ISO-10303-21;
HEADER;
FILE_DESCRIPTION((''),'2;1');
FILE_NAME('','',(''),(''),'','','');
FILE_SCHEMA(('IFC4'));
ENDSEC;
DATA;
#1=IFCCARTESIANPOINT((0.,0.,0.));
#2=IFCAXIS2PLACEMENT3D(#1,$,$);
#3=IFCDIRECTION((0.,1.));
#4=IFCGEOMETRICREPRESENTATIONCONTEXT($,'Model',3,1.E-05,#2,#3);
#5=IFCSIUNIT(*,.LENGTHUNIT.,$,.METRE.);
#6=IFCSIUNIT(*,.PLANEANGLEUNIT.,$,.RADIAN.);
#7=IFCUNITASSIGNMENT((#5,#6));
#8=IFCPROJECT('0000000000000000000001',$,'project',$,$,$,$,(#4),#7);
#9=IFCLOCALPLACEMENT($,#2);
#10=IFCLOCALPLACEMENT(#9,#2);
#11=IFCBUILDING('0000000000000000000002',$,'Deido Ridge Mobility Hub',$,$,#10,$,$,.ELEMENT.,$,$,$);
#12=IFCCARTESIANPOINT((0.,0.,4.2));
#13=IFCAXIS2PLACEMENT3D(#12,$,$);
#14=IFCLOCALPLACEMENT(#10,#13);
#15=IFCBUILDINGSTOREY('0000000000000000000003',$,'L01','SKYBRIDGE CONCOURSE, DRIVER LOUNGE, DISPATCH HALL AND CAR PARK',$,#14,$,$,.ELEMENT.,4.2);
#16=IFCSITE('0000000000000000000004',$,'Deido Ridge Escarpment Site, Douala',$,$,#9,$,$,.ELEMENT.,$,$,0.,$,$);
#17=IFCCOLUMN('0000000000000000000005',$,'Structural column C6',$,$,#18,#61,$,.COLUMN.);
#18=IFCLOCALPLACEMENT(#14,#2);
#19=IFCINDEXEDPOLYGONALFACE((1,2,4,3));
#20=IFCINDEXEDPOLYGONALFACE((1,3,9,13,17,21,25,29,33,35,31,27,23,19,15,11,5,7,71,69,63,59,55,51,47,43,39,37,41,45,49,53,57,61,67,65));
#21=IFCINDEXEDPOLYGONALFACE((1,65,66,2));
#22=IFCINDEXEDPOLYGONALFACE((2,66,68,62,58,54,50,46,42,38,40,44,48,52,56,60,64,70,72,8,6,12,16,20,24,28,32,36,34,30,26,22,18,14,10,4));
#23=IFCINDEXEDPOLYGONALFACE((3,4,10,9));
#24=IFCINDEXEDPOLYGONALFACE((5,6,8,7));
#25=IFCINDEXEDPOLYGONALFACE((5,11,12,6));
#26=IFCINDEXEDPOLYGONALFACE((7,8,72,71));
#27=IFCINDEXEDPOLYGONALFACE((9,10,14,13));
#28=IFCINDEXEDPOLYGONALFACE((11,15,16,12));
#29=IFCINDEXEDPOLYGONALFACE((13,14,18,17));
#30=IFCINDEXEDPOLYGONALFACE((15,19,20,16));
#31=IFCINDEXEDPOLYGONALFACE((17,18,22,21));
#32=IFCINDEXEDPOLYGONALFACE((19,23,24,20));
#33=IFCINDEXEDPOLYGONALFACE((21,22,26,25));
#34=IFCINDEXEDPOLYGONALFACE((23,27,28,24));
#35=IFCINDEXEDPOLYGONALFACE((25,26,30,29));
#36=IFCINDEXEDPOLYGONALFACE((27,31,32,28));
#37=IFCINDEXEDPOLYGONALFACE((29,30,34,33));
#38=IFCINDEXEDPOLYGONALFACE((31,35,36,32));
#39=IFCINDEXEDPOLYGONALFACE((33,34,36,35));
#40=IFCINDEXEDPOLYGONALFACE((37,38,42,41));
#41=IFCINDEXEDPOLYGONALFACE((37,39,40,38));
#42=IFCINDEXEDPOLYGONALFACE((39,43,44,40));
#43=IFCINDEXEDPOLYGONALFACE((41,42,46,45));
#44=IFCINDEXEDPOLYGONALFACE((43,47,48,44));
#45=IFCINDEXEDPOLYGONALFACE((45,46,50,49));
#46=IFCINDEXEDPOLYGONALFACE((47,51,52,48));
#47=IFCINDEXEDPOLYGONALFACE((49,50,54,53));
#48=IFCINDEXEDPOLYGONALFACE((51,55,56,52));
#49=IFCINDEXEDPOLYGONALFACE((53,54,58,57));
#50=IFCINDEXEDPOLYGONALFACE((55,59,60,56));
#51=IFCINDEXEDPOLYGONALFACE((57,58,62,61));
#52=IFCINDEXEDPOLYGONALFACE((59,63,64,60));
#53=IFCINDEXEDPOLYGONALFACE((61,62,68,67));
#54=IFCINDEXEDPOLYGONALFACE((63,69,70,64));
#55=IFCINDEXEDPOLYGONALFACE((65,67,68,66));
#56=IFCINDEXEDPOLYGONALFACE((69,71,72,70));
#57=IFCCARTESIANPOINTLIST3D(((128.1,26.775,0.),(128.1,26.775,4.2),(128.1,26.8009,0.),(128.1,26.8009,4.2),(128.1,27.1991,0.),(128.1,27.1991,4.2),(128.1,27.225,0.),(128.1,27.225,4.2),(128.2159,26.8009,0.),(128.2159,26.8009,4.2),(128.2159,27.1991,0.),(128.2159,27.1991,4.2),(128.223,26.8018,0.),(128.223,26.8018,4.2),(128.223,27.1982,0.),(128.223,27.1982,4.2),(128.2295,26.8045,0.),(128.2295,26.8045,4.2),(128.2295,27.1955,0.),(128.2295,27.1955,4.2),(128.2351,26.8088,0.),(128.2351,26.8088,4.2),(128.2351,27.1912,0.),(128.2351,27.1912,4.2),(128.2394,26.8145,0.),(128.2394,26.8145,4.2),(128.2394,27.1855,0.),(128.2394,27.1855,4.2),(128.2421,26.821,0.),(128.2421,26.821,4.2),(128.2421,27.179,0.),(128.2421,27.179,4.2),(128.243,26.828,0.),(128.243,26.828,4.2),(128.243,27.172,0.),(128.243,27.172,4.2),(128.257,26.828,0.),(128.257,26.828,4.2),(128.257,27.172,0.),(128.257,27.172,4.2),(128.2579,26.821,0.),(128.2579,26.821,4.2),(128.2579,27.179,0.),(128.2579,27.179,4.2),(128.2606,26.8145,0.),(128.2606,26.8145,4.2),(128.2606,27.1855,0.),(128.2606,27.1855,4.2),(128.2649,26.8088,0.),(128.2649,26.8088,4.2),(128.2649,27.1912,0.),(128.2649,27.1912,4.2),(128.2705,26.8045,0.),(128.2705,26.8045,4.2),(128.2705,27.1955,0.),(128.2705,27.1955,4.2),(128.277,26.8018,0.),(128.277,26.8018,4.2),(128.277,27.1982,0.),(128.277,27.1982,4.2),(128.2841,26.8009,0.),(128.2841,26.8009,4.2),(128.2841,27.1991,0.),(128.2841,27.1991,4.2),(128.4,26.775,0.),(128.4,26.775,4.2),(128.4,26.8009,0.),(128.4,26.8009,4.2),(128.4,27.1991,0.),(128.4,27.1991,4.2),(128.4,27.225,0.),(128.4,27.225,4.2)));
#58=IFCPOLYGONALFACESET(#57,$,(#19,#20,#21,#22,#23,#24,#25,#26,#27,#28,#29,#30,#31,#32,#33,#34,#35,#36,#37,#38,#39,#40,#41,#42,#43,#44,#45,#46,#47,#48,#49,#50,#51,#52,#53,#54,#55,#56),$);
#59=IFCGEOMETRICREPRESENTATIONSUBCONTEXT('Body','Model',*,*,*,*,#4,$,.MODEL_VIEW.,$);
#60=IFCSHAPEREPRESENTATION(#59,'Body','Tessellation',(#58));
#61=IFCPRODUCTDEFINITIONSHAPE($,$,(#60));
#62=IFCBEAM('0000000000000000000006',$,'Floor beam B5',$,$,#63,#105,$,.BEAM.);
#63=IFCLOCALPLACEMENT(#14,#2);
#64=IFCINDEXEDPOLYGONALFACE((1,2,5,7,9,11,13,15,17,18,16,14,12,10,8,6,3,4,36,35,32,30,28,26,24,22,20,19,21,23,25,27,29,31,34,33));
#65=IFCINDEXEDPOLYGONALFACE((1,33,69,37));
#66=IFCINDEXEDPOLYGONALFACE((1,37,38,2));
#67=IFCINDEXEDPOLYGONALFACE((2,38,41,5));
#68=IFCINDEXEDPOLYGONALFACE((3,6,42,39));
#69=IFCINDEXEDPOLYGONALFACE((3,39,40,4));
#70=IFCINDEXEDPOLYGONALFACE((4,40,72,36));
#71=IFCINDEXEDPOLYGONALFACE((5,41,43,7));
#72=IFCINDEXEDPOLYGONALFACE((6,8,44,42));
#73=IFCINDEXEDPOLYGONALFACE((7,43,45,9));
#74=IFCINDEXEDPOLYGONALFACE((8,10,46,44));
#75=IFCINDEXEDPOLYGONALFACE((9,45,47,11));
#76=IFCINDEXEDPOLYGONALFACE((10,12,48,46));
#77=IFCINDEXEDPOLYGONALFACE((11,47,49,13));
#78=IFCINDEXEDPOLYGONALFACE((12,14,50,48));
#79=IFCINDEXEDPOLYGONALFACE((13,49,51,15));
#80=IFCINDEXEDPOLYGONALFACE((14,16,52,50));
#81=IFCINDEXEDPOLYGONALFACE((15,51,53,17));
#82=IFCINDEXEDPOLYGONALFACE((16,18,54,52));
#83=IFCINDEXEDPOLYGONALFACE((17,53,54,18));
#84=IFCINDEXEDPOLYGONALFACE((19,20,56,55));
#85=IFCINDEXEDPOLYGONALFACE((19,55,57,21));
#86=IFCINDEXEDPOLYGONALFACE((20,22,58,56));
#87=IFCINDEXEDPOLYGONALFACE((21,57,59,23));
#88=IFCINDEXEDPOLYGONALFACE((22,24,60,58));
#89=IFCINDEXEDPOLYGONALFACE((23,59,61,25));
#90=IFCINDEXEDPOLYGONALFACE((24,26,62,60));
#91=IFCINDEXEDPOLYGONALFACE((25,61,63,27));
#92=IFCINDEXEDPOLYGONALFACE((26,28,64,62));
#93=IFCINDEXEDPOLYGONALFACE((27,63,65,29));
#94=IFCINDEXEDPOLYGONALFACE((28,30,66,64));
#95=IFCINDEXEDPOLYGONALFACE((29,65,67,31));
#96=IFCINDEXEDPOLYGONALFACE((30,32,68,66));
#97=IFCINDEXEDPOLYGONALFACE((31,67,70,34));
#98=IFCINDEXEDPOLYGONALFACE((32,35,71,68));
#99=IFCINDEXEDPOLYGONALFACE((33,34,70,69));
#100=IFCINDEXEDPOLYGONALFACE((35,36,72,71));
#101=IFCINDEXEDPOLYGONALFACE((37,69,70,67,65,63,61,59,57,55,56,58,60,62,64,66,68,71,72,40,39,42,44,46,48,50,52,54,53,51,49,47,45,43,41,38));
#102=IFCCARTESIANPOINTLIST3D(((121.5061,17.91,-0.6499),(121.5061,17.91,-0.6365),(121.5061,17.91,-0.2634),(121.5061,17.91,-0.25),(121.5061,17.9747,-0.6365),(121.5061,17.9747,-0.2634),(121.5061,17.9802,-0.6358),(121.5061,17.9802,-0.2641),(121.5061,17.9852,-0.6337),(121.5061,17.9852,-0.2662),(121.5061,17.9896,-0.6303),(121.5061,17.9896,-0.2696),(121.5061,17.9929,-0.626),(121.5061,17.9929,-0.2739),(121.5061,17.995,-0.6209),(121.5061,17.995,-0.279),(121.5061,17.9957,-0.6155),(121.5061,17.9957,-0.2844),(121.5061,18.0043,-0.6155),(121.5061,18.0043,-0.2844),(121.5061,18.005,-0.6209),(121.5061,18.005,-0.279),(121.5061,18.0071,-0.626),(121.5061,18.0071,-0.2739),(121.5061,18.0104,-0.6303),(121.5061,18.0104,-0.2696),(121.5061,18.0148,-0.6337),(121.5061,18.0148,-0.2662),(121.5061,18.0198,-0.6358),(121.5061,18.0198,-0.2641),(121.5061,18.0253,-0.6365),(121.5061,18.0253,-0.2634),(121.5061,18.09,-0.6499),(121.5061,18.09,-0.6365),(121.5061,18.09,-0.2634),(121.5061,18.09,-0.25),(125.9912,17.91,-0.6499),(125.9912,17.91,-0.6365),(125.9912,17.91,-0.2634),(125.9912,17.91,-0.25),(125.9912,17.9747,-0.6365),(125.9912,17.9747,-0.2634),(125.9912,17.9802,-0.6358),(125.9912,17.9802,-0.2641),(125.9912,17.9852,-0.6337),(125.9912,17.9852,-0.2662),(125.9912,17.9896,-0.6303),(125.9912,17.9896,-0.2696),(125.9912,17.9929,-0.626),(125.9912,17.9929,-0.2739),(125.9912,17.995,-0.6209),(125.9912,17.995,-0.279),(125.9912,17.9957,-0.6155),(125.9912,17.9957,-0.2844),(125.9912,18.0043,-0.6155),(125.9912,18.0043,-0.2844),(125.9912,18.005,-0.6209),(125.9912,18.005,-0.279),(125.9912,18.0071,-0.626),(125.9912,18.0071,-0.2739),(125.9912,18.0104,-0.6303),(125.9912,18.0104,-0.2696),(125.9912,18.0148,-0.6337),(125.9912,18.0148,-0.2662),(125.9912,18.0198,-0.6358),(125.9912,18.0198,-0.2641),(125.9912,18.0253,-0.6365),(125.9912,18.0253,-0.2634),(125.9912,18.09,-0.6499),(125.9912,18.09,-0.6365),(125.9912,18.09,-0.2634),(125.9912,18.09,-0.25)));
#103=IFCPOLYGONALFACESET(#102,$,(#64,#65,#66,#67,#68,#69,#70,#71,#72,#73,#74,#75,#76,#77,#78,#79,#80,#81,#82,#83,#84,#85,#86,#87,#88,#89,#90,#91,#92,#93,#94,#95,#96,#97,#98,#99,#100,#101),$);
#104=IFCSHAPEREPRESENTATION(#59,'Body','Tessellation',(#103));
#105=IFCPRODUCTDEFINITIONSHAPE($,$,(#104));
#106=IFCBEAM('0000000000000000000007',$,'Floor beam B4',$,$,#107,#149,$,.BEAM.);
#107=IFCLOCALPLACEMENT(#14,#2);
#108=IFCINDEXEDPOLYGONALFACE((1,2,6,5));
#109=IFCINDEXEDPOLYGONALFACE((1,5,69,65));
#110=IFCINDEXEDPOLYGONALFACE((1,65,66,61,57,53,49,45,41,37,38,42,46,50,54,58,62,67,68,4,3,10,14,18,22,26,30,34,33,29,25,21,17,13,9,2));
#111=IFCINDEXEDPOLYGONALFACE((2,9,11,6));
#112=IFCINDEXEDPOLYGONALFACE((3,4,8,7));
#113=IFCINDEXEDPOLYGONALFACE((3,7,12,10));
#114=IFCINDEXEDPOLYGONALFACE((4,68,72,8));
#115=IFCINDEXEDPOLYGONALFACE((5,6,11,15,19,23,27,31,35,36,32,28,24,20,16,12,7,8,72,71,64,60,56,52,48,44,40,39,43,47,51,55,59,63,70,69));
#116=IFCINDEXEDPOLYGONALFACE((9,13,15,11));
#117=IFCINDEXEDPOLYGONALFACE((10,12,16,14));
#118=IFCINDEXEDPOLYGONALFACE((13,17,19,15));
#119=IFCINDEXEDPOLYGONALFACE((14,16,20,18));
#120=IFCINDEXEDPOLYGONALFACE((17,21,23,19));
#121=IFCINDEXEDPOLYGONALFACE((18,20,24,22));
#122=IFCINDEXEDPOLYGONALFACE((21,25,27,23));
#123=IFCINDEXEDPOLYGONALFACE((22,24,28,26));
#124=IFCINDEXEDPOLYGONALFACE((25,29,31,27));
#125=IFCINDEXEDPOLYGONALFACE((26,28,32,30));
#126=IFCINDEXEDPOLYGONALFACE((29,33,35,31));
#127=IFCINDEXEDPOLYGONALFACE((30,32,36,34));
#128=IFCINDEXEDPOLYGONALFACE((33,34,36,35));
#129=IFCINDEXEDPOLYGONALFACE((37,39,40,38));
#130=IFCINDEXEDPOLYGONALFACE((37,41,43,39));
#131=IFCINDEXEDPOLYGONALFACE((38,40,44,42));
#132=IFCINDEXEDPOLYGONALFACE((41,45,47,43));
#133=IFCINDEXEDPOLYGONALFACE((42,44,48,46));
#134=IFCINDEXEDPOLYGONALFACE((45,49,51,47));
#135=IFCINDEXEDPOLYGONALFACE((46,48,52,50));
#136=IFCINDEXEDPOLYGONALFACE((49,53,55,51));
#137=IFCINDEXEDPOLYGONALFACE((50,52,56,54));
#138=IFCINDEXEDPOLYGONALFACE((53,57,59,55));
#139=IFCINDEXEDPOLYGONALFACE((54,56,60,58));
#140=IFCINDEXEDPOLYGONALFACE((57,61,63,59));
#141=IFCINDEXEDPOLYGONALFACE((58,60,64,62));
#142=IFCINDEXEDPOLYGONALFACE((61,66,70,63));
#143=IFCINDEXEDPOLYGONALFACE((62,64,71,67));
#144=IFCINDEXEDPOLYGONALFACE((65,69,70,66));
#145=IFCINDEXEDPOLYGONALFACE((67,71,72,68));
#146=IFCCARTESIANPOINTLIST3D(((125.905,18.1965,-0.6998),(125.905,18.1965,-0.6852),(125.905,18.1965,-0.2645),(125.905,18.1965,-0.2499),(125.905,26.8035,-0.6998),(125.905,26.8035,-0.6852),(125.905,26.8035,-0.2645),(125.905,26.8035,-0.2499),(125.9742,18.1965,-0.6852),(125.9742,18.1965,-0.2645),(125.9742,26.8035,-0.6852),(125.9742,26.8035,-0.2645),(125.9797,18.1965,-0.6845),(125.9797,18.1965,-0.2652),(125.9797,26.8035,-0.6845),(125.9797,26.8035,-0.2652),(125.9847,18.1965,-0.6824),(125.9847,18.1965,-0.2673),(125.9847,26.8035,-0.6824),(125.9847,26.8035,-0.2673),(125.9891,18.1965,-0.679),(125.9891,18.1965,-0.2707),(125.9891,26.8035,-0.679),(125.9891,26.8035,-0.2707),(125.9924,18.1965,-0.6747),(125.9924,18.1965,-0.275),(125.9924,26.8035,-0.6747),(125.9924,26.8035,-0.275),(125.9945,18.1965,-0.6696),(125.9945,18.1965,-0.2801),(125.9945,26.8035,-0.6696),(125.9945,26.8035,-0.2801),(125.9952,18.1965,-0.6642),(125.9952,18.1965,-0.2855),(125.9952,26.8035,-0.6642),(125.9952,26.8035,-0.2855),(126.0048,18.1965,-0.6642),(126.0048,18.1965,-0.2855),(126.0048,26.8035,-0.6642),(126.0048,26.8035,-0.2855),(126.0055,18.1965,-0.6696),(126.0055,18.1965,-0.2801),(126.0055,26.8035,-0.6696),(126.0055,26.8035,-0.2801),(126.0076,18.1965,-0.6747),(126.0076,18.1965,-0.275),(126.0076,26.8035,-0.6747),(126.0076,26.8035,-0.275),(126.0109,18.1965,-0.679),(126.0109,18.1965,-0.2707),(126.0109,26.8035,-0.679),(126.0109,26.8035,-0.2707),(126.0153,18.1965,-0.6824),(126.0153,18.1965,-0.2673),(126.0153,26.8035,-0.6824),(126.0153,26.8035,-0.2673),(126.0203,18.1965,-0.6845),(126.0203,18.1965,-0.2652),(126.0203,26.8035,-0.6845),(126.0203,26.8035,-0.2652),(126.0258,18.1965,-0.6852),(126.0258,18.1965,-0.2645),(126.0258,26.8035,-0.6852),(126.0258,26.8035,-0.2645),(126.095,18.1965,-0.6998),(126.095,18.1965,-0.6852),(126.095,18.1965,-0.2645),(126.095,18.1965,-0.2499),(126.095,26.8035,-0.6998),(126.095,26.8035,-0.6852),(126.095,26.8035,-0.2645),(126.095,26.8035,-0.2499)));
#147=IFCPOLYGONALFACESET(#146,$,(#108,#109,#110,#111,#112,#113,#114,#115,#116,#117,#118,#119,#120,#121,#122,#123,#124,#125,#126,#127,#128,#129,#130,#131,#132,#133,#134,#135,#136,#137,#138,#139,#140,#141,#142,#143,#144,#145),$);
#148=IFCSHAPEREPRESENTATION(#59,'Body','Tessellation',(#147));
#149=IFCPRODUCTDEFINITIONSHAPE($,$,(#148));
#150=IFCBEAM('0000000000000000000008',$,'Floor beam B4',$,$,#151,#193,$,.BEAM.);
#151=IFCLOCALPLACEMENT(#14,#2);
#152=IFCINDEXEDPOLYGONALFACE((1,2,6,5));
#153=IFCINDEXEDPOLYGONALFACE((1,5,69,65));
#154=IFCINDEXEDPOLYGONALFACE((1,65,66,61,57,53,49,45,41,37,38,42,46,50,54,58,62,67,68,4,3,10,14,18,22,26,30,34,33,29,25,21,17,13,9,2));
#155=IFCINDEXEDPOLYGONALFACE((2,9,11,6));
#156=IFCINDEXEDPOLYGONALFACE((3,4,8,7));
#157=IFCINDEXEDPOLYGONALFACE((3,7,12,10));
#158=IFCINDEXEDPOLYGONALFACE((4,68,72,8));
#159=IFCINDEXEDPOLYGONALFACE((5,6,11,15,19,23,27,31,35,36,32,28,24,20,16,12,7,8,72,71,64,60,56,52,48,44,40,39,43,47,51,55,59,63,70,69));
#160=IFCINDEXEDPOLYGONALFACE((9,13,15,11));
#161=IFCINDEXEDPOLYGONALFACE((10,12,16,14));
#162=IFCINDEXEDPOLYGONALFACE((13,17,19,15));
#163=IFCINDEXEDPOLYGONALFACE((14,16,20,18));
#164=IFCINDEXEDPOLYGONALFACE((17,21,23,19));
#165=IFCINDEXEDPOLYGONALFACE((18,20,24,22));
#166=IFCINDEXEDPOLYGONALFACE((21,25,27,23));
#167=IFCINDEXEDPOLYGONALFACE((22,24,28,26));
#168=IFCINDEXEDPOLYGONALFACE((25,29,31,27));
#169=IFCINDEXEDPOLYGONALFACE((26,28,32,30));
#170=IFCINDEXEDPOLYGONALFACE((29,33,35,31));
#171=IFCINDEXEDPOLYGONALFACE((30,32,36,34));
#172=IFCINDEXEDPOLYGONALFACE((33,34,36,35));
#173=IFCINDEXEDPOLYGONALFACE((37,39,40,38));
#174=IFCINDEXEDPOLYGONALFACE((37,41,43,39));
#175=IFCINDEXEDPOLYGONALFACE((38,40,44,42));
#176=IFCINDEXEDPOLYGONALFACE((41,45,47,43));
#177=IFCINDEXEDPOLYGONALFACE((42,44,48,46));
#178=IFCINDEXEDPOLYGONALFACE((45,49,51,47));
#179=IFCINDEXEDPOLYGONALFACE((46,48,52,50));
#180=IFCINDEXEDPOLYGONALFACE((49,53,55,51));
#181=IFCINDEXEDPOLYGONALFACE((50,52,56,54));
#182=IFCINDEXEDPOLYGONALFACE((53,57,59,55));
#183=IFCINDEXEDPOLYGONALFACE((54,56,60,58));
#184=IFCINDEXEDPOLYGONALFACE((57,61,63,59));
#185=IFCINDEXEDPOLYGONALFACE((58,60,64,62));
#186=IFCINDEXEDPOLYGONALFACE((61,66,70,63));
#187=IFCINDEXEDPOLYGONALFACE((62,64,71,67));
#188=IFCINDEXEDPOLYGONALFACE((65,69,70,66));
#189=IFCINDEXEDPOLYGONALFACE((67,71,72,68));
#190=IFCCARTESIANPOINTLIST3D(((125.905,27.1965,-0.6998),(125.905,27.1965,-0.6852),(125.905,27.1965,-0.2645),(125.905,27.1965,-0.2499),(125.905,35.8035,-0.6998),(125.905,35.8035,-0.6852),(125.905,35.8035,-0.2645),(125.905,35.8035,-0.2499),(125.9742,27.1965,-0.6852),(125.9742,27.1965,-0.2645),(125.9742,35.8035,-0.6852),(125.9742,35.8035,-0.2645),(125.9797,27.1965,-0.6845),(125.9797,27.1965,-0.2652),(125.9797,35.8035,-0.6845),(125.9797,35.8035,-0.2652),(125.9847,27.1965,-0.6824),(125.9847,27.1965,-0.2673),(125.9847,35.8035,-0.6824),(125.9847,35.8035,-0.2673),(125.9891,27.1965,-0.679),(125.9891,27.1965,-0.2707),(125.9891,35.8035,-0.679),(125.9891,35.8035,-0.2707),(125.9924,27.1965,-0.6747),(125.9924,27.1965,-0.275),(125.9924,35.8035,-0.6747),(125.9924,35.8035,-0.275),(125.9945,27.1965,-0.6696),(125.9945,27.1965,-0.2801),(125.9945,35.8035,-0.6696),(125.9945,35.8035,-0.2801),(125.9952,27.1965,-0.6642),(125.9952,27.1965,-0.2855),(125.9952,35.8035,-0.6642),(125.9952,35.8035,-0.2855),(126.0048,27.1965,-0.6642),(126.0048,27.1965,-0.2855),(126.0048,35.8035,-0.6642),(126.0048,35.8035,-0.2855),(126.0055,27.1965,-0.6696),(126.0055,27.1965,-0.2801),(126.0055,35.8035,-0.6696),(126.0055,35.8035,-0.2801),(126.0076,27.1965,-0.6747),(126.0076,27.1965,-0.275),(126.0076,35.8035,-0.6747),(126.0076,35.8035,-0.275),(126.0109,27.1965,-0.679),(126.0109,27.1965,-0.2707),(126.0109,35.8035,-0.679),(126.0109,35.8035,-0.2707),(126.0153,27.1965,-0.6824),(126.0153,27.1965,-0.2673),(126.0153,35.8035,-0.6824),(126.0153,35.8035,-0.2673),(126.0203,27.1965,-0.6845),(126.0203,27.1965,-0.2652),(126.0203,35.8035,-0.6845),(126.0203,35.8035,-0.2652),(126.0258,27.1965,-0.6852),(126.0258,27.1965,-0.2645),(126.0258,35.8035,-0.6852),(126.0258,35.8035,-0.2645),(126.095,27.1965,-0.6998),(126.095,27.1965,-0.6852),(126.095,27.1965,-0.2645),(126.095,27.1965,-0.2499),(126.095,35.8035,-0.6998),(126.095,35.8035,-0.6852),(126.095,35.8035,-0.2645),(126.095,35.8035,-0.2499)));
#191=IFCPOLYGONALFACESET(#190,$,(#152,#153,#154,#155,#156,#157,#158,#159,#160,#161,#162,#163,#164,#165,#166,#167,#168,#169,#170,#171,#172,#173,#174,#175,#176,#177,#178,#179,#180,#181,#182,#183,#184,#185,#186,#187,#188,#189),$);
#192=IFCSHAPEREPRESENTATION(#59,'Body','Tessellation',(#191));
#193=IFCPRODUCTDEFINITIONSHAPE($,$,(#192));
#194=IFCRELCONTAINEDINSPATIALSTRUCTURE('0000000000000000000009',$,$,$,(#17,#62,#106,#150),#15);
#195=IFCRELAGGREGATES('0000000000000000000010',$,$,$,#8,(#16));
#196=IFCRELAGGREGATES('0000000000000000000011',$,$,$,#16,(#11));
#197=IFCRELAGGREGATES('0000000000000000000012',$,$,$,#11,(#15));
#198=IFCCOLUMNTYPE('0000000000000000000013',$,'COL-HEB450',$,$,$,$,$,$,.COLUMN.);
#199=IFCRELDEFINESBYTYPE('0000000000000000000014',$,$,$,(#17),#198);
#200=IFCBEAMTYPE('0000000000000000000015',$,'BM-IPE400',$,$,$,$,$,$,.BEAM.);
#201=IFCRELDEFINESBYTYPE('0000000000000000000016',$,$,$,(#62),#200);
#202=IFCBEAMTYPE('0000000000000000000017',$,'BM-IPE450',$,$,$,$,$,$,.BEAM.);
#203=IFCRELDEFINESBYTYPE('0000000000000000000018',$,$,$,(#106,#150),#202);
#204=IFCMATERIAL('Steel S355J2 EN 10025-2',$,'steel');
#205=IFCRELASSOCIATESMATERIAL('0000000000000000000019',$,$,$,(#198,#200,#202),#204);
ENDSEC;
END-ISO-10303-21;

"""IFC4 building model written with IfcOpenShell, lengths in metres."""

from ifc_helpers import new_model, si_unit, direction, frame, origin, origin_2d, place, context, subcontext, project, spatial, i_section, extrude, material, material_profile, profile_set, type_object, element, save


model = new_model("IFC4")

# Units and contexts
model_context = context("Model", 3, precision=1e-05, world=origin(), true_north=direction((0.0, 1.0)))
body_context = subcontext(model_context, "Body", "Model", "MODEL_VIEW")
ifc_project = project(units=[si_unit("LENGTHUNIT", "METRE"), si_unit("PLANEANGLEUNIT", "RADIAN")], contexts=[model_context])

# Site, building, storey
site_placement = place(None, origin())
site = spatial("IfcSite", under=ifc_project, at=site_placement, Name="Deido Ridge Escarpment Site, Douala", CompositionType="ELEMENT", RefElevation=0.0)
building_placement = place(site_placement, origin())
building = spatial("IfcBuilding", under=site, at=building_placement, Name="Deido Ridge Mobility Hub", CompositionType="ELEMENT")
storey_placement = place(building_placement, frame((0.0, 0.0, 4.2)))
storey = spatial("IfcBuildingStorey", under=building, at=storey_placement, Name="L01", Description="SKYBRIDGE CONCOURSE, DRIVER LOUNGE, DISPATCH HALL AND CAR PARK", CompositionType="ELEMENT", Elevation=4.2)

# Column
ifc_material_1 = material(Name="Steel S355J2 EN 10025-2", Category="steel")
ifc_material_profile_1 = material_profile(ifc_material_1, i_section(OverallWidth=0.3, OverallDepth=0.45, WebThickness=0.0139, FlangeThickness=0.0259, FilletRadius=0.0271, at=origin_2d()), Name="HEB 450")
ifc_profile_set_1 = profile_set([ifc_material_profile_1], Name="Steel S355J2 EN 10025-2")
column_type_1 = type_object("IfcColumnType", Name="COL-HEB450", PredefinedType="COLUMN", material=ifc_profile_set_1)
column_placement = place(storey_placement, frame((128.25, 27.0, 0.0), z_axis=(0.0, 0.0, 1.0), x_axis=(1.0, 0.0, 0.0)))
element("IfcColumn", 1, at=column_placement, inside=storey, type_object=column_type_1, Name="Structural column C6", PredefinedType="COLUMN", context=body_context, shape_type="SweptSolid", body=[
    extrude(i_section(OverallWidth=0.3, OverallDepth=0.45, WebThickness=0.0139, FlangeThickness=0.0259, FilletRadius=0.0271, at=origin_2d()), origin(), (0.0, 0.0, 1.0), 4.2),
])

# Beams
ifc_material_profile_2 = material_profile(ifc_material_1, i_section(OverallWidth=0.1799, OverallDepth=0.3999, WebThickness=0.0085, FlangeThickness=0.0134, FilletRadius=0.021, at=origin_2d()), Name="IPE 400")
ifc_profile_set_2 = profile_set([ifc_material_profile_2], Name="Steel S355J2 EN 10025-2")
beam_type_1 = type_object("IfcBeamType", Name="BM-IPE400", PredefinedType="BEAM", material=ifc_profile_set_2)
beam_1_placement = place(storey_placement, frame((121.5061, 18.0, -0.45), z_axis=(1.0, 0.0, 0.0), x_axis=(0.0, 1.0, 0.0)))
element("IfcBeam", 2, at=beam_1_placement, inside=storey, type_object=beam_type_1, Name="Floor beam B5", PredefinedType="BEAM", context=body_context, shape_type="SweptSolid", body=[
    extrude(i_section(OverallWidth=0.1799, OverallDepth=0.3999, WebThickness=0.0085, FlangeThickness=0.0134, FilletRadius=0.021, at=origin_2d()), origin(), (0.0, 0.0, 1.0), 4.4851),
])
ifc_material_profile_3 = material_profile(ifc_material_1, i_section(OverallWidth=0.1899, OverallDepth=0.45, WebThickness=0.0095, FlangeThickness=0.0146, FilletRadius=0.021, at=origin_2d()), Name="IPE 450")
ifc_profile_set_3 = profile_set([ifc_material_profile_3], Name="Steel S355J2 EN 10025-2")
beam_type_2 = type_object("IfcBeamType", Name="BM-IPE450", PredefinedType="BEAM", material=ifc_profile_set_3)
for number, where, z_axis, x_axis, name in (
    (3, (126.0, 18.1965, -0.4749), (0.0, 1.0, 0.0), (-1.0, 0.0, 0.0), "Floor beam B4"),
    (4, (126.0, 27.1965, -0.4749), (0.0, 1.0, 0.0), (-1.0, 0.0, 0.0), "Floor beam B4"),
):
    element("IfcBeam", number, at=place(storey_placement, frame(where, z_axis=z_axis, x_axis=x_axis)), inside=storey, type_object=beam_type_2, Name=name, PredefinedType="BEAM", context=body_context, shape_type="SweptSolid", body=[
        extrude(i_section(OverallWidth=0.1899, OverallDepth=0.45, WebThickness=0.0095, FlangeThickness=0.0146, FilletRadius=0.021, at=origin_2d()), origin(), (0.0, 0.0, 1.0), 8.6069),
    ])

save(model, "model.ifc")
